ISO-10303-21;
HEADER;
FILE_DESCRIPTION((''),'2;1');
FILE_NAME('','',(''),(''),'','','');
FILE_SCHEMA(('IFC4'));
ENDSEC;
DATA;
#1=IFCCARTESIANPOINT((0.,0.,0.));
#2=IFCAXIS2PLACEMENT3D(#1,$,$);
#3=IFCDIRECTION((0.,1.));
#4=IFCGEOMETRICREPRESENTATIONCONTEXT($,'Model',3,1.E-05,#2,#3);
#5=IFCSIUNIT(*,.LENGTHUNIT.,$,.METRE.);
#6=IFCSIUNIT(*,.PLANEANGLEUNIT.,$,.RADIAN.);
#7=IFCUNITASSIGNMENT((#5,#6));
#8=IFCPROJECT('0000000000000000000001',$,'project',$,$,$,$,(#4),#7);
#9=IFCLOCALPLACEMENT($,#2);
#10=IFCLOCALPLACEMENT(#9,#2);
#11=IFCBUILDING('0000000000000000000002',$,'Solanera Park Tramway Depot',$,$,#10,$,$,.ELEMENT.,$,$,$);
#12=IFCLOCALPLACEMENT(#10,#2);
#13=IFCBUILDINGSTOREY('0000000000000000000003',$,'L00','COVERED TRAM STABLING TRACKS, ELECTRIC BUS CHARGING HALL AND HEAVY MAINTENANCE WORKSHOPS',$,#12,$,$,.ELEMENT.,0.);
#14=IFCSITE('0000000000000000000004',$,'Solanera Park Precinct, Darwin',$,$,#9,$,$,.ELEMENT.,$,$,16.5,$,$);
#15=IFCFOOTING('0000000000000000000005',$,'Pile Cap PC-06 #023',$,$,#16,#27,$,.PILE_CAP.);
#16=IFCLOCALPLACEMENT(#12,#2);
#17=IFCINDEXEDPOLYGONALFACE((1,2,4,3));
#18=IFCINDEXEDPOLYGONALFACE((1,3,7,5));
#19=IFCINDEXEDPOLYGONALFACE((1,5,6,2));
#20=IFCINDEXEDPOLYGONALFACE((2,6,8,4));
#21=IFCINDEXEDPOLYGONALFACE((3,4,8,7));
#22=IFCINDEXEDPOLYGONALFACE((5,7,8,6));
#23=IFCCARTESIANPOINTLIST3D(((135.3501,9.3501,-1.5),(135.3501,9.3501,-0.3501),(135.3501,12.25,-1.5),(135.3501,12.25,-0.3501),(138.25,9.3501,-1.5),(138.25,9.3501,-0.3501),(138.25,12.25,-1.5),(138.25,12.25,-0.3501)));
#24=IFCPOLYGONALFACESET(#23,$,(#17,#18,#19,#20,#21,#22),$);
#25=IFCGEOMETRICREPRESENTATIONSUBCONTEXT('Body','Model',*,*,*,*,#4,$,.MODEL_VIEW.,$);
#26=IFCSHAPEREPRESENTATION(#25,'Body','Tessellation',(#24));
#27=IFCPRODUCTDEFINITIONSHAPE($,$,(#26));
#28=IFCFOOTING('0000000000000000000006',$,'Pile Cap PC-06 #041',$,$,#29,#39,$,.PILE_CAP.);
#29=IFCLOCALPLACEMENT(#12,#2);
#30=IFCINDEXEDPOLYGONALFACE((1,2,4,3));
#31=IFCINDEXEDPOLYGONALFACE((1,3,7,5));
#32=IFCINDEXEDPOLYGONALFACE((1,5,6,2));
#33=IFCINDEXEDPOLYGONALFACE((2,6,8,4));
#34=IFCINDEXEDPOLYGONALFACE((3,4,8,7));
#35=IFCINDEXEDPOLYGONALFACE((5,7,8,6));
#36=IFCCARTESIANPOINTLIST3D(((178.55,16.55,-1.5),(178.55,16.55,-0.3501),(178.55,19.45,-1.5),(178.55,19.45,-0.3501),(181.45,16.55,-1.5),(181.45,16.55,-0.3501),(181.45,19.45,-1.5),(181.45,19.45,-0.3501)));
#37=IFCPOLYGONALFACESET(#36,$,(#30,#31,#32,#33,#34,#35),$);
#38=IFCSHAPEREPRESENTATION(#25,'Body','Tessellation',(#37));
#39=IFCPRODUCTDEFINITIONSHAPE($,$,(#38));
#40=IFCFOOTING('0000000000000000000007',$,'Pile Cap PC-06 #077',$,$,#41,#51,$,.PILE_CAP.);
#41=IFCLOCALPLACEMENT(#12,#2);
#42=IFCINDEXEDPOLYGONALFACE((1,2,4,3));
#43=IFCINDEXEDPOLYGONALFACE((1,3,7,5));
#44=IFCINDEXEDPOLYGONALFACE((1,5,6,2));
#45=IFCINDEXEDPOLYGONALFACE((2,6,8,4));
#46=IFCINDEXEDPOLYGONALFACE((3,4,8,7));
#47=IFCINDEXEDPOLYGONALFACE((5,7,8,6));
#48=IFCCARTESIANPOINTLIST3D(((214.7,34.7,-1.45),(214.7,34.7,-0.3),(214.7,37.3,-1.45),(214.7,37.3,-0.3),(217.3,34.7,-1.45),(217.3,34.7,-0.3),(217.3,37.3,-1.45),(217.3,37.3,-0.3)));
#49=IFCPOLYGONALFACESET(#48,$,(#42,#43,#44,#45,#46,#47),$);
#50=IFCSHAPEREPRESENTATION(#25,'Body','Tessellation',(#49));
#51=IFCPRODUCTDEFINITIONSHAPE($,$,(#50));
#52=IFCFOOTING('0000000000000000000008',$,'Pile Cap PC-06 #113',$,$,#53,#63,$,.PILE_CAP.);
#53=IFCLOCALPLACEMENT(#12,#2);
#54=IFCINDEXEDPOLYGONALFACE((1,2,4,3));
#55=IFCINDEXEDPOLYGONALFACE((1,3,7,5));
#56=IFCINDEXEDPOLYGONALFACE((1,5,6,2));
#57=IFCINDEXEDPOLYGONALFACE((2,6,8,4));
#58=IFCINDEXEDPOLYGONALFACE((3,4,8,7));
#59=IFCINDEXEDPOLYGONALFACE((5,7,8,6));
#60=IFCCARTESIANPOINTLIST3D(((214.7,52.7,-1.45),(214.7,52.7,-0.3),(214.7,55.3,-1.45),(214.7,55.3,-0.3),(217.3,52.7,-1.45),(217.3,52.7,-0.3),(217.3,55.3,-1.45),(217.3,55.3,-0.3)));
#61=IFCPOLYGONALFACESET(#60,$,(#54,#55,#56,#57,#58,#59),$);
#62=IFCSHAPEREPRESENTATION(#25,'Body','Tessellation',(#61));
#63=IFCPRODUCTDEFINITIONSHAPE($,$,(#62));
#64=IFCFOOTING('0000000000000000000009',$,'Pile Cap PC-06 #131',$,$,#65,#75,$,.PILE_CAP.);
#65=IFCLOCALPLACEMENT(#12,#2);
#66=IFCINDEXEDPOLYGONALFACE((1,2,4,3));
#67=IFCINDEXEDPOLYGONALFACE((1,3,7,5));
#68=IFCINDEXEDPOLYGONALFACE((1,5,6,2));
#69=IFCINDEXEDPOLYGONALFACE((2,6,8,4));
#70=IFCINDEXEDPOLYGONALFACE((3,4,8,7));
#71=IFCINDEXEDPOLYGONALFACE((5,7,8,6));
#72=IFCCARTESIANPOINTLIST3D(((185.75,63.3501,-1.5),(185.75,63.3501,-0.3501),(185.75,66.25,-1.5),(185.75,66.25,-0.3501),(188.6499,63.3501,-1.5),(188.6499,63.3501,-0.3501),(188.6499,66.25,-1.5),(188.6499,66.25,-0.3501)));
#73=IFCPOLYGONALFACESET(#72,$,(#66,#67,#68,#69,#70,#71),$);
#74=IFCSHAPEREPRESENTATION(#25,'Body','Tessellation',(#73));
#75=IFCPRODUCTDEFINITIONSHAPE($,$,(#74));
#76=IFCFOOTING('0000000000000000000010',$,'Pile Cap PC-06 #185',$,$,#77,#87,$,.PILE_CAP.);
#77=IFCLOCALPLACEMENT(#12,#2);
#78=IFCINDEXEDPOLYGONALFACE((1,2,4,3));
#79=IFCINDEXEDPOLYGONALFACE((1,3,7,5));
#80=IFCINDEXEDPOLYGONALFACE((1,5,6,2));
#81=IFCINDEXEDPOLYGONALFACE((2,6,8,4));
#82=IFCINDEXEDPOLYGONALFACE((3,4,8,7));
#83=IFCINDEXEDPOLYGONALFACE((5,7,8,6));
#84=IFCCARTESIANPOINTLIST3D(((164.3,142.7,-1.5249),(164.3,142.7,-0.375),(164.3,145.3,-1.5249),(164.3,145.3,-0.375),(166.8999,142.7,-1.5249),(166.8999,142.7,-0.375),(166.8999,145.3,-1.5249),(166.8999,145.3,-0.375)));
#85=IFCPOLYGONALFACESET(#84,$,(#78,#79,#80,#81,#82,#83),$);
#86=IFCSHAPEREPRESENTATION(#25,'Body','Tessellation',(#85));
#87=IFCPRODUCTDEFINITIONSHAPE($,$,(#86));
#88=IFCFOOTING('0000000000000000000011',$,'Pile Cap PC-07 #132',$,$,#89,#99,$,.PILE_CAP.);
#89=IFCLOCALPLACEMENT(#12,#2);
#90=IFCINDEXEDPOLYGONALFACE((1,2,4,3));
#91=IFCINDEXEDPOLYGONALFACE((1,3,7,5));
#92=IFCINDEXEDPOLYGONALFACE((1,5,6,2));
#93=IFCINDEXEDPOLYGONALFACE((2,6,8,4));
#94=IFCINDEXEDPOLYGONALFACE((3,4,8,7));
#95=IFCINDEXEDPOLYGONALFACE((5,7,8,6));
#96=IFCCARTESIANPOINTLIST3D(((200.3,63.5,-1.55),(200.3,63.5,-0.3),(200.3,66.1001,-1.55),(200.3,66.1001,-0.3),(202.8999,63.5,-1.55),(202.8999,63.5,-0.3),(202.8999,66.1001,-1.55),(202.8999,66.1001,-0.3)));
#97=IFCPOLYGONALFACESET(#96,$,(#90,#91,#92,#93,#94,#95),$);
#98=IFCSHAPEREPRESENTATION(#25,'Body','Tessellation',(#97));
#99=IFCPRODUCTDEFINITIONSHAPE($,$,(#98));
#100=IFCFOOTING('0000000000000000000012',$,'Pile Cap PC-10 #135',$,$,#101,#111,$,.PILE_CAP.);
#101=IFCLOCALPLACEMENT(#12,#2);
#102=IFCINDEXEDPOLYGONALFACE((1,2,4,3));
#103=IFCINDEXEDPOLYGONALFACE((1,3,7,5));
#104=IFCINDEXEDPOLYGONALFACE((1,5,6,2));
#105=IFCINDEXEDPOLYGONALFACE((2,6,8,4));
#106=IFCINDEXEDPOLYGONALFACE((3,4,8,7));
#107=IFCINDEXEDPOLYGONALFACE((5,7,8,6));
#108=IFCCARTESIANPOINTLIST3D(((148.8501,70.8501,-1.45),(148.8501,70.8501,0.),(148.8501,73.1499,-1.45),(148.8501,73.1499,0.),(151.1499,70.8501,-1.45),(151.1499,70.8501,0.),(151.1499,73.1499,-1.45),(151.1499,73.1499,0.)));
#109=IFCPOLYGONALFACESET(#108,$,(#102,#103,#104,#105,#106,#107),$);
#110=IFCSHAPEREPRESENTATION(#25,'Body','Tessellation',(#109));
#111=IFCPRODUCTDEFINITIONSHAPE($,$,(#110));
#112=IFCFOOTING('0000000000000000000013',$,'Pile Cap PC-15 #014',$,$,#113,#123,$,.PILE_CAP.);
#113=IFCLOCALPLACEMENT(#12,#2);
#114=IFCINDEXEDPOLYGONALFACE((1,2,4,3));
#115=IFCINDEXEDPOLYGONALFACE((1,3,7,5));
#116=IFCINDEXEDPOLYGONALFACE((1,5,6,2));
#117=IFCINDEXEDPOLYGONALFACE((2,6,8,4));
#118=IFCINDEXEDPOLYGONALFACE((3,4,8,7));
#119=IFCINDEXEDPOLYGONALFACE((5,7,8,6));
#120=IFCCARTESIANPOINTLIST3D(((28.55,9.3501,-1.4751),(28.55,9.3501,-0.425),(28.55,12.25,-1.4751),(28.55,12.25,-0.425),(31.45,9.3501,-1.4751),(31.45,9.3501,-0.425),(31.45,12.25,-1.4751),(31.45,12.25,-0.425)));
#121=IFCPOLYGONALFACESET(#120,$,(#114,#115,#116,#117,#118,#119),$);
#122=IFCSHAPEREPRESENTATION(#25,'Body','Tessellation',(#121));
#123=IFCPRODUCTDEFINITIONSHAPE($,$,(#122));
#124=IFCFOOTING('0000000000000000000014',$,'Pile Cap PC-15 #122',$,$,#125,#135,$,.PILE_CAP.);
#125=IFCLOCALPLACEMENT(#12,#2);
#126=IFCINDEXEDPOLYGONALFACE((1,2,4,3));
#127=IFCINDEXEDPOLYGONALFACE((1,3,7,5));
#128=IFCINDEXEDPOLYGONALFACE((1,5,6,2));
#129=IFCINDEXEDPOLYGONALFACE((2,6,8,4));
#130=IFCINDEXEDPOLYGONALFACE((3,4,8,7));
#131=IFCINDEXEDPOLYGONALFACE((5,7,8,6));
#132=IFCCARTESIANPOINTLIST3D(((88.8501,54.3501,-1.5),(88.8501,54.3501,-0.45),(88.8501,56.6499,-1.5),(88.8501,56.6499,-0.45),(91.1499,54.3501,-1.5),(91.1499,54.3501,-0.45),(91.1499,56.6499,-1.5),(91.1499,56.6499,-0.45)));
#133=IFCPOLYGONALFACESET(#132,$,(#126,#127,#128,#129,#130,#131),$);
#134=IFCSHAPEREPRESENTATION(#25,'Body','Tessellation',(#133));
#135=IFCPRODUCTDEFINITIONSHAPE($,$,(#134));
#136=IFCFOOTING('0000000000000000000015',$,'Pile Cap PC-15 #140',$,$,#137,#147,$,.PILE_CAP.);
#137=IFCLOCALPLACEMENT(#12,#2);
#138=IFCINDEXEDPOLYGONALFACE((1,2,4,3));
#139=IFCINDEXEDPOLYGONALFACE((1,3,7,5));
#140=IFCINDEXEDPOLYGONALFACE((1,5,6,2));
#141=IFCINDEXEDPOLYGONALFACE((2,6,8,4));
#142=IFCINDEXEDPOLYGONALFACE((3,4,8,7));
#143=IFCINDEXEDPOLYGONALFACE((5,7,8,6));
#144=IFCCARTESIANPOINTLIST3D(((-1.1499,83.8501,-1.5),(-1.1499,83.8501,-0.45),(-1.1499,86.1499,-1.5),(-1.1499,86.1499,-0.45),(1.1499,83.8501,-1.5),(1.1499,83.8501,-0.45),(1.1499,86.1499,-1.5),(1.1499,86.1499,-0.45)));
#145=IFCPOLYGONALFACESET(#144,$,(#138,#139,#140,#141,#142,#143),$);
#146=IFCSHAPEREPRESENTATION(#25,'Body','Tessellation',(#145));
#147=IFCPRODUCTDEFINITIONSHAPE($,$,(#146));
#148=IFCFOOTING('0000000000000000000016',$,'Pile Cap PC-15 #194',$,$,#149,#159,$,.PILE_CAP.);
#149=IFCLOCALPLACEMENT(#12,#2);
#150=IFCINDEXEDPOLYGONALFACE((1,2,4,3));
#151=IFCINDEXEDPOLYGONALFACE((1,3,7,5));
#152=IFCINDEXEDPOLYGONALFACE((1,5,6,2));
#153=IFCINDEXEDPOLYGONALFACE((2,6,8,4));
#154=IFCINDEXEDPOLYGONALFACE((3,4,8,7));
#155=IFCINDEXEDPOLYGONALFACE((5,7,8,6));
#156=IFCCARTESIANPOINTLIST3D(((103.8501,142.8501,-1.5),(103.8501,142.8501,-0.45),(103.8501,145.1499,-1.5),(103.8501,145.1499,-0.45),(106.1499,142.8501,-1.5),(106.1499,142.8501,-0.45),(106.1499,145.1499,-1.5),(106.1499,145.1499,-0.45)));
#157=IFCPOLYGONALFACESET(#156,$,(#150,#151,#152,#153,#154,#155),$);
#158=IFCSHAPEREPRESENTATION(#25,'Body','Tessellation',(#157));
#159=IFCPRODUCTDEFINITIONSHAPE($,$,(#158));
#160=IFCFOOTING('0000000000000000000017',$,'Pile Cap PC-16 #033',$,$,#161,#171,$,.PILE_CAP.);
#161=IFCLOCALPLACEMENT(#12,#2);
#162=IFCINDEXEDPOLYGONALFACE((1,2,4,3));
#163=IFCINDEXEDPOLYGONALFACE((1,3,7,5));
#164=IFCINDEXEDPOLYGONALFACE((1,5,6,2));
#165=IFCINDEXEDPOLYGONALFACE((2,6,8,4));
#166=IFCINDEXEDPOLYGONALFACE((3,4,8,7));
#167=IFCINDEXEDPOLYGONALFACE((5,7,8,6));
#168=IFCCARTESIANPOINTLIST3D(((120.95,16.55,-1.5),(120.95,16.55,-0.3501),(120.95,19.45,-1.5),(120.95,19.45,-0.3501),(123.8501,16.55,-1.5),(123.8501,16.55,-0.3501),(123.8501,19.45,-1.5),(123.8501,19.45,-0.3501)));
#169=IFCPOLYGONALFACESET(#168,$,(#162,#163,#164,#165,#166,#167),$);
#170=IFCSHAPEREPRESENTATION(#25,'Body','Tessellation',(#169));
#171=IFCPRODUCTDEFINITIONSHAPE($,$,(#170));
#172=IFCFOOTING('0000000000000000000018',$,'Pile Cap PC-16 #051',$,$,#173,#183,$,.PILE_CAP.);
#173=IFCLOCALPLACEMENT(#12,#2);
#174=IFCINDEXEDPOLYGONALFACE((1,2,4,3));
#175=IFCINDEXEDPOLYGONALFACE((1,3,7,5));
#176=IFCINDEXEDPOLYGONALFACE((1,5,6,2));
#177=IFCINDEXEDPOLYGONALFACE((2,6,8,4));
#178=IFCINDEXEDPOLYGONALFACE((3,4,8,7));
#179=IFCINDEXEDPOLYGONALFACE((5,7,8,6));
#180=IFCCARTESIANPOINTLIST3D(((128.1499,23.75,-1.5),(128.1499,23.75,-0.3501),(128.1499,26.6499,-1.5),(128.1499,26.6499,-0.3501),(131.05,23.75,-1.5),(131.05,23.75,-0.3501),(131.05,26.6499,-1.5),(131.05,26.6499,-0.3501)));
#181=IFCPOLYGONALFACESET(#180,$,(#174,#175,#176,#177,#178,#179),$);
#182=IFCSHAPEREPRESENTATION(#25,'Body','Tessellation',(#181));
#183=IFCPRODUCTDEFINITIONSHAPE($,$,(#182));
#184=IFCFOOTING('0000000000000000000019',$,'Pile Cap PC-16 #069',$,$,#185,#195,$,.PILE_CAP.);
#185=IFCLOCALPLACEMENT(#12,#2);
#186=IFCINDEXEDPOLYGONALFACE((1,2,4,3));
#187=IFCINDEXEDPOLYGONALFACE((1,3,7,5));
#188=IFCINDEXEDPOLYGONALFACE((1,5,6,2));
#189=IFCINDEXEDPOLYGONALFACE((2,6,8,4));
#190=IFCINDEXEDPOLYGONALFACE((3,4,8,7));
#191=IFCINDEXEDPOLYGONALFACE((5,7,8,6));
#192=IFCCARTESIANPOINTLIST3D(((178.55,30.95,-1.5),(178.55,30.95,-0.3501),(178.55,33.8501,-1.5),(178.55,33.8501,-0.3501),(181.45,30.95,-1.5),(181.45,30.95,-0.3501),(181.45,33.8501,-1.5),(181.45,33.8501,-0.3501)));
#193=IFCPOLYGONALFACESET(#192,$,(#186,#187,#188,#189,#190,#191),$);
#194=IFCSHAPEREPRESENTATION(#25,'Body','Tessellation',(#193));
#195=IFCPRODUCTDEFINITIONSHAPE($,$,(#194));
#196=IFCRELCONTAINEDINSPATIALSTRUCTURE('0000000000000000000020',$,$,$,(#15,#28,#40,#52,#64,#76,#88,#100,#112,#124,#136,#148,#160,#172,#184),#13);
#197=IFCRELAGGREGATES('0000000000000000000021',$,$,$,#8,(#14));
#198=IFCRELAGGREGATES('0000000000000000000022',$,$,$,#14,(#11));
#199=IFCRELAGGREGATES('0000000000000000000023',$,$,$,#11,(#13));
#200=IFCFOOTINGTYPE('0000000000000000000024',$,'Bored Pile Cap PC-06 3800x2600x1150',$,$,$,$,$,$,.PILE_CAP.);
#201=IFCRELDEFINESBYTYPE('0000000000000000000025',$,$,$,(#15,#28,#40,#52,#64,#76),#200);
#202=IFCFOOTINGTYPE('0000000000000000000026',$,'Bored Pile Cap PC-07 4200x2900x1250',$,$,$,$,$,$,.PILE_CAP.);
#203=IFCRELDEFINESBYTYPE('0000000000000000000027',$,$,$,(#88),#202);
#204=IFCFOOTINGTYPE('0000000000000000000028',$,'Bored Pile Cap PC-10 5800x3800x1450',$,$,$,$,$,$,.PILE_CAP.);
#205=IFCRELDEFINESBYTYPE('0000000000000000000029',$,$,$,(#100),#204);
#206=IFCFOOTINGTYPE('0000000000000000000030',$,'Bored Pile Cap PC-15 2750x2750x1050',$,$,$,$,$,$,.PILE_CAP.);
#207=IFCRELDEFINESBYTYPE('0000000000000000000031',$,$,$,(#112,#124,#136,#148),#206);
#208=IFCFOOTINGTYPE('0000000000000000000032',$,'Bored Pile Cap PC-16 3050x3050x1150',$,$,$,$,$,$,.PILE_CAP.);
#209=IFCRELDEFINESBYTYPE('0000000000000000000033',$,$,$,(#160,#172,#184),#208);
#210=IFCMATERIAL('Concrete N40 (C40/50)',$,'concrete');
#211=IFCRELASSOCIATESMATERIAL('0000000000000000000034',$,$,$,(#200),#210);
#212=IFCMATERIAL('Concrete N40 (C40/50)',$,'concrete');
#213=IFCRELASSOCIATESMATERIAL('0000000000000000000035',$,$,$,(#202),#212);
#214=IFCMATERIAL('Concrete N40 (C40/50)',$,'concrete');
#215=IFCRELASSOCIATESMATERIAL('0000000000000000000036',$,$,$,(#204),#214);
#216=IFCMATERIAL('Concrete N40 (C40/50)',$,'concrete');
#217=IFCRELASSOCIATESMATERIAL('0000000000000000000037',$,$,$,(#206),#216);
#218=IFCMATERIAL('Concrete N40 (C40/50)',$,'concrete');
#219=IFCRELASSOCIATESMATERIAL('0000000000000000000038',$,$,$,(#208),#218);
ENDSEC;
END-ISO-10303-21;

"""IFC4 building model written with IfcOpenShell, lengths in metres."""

from ifc_helpers import new_model, si_unit, direction, frame, origin, place, context, subcontext, project, spatial, polyline, outline, extrude, material, type_object, element, save


model = new_model("IFC4")

# Units and contexts
model_context = context("Model", 3, precision=1e-05, world=origin(), true_north=direction((0.0, 1.0)))
body_context = subcontext(model_context, "Body", "Model", "MODEL_VIEW")
ifc_project = project(units=[si_unit("LENGTHUNIT", "METRE"), si_unit("PLANEANGLEUNIT", "RADIAN")], contexts=[model_context])

# Site, building, storey
site_placement = place(None, origin())
site = spatial("IfcSite", under=ifc_project, at=site_placement, Name="Solanera Park Precinct, Darwin", CompositionType="ELEMENT", RefElevation=16.5)
building_placement = place(site_placement, origin())
building = spatial("IfcBuilding", under=site, at=building_placement, Name="Solanera Park Tramway Depot", CompositionType="ELEMENT")
storey_placement = place(building_placement, origin())
storey = spatial("IfcBuildingStorey", under=building, at=storey_placement, Name="L00", Description="COVERED TRAM STABLING TRACKS, ELECTRIC BUS CHARGING HALL AND HEAVY MAINTENANCE WORKSHOPS", CompositionType="ELEMENT", Elevation=0.0)

# Footings
ifc_material_1 = material(Name="Concrete N40 (C40/50)", Category="concrete")
footing_type_1 = type_object("IfcFootingType", Name="Bored Pile Cap PC-06 3800x2600x1150", PredefinedType="PILE_CAP", material=ifc_material_1)
footing_1_placement = place(storey_placement, frame((0.0, 0.0, -1.5)))
element("IfcFooting", 1, at=footing_1_placement, inside=storey, type_object=footing_type_1, Name="Pile Cap PC-06 #023", PredefinedType="PILE_CAP", context=body_context, shape_type="SweptSolid", body=[
    extrude(outline(polyline([(138.25, 9.3501), (138.25, 12.25), (135.3501, 12.25), (135.3501, 9.3501), (138.25, 9.3501)])), origin(), (0.0, 0.0, 1.0), 1.1499),
])
footing_2_placement = place(storey_placement, frame((0.0, 0.0, -1.5)))
element("IfcFooting", 2, at=footing_2_placement, inside=storey, type_object=footing_type_1, Name="Pile Cap PC-06 #041", PredefinedType="PILE_CAP", context=body_context, shape_type="SweptSolid", body=[
    extrude(outline(polyline([(181.45, 16.55), (181.45, 19.45), (178.55, 19.45), (178.55, 16.55), (181.45, 16.55)])), origin(), (0.0, 0.0, 1.0), 1.1499),
])
footing_3_placement = place(storey_placement, frame((0.0, 0.0, -1.45)))
element("IfcFooting", 3, at=footing_3_placement, inside=storey, type_object=footing_type_1, Name="Pile Cap PC-06 #077", PredefinedType="PILE_CAP", context=body_context, shape_type="SweptSolid", body=[
    extrude(outline(polyline([(217.3, 34.7), (217.3, 37.3), (214.7, 37.3), (214.7, 34.7), (217.3, 34.7)])), origin(), (0.0, 0.0, 1.0), 1.1499),
])
footing_4_placement = place(storey_placement, frame((0.0, 0.0, -1.45)))
element("IfcFooting", 4, at=footing_4_placement, inside=storey, type_object=footing_type_1, Name="Pile Cap PC-06 #113", PredefinedType="PILE_CAP", context=body_context, shape_type="SweptSolid", body=[
    extrude(outline(polyline([(217.3, 52.7), (217.3, 55.3), (214.7, 55.3), (214.7, 52.7), (217.3, 52.7)])), origin(), (0.0, 0.0, 1.0), 1.1499),
])
footing_5_placement = place(storey_placement, frame((0.0, 0.0, -1.5)))
element("IfcFooting", 5, at=footing_5_placement, inside=storey, type_object=footing_type_1, Name="Pile Cap PC-06 #131", PredefinedType="PILE_CAP", context=body_context, shape_type="SweptSolid", body=[
    extrude(outline(polyline([(188.6499, 63.3501), (188.6499, 66.25), (185.75, 66.25), (185.75, 63.3501), (188.6499, 63.3501)])), origin(), (0.0, 0.0, 1.0), 1.1499),
])
footing_6_placement = place(storey_placement, frame((0.0, 0.0, -1.5249)))
element("IfcFooting", 6, at=footing_6_placement, inside=storey, type_object=footing_type_1, Name="Pile Cap PC-06 #185", PredefinedType="PILE_CAP", context=body_context, shape_type="SweptSolid", body=[
    extrude(outline(polyline([(166.8999, 142.7), (166.8999, 145.3), (164.3, 145.3), (164.3, 142.7), (166.8999, 142.7)])), origin(), (0.0, 0.0, 1.0), 1.1499),
])
ifc_material_2 = material(Name="Concrete N40 (C40/50)", Category="concrete")
footing_type_2 = type_object("IfcFootingType", Name="Bored Pile Cap PC-07 4200x2900x1250", PredefinedType="PILE_CAP", material=ifc_material_2)
footing_7_placement = place(storey_placement, frame((0.0, 0.0, -1.55)))
element("IfcFooting", 7, at=footing_7_placement, inside=storey, type_object=footing_type_2, Name="Pile Cap PC-07 #132", PredefinedType="PILE_CAP", context=body_context, shape_type="SweptSolid", body=[
    extrude(outline(polyline([(202.8999, 63.5), (202.8999, 66.1001), (200.3, 66.1001), (200.3, 63.5), (202.8999, 63.5)])), origin(), (0.0, 0.0, 1.0), 1.25),
])
ifc_material_3 = material(Name="Concrete N40 (C40/50)", Category="concrete")
footing_type_3 = type_object("IfcFootingType", Name="Bored Pile Cap PC-10 5800x3800x1450", PredefinedType="PILE_CAP", material=ifc_material_3)
footing_8_placement = place(storey_placement, frame((0.0, 0.0, -1.45)))
element("IfcFooting", 8, at=footing_8_placement, inside=storey, type_object=footing_type_3, Name="Pile Cap PC-10 #135", PredefinedType="PILE_CAP", context=body_context, shape_type="SweptSolid", body=[
    extrude(outline(polyline([(151.1499, 70.8501), (151.1499, 73.1499), (148.8501, 73.1499), (148.8501, 70.8501), (151.1499, 70.8501)])), origin(), (0.0, 0.0, 1.0), 1.45),
])
ifc_material_4 = material(Name="Concrete N40 (C40/50)", Category="concrete")
footing_type_4 = type_object("IfcFootingType", Name="Bored Pile Cap PC-15 2750x2750x1050", PredefinedType="PILE_CAP", material=ifc_material_4)
footing_9_placement = place(storey_placement, frame((0.0, 0.0, -1.4751)))
element("IfcFooting", 9, at=footing_9_placement, inside=storey, type_object=footing_type_4, Name="Pile Cap PC-15 #014", PredefinedType="PILE_CAP", context=body_context, shape_type="SweptSolid", body=[
    extrude(outline(polyline([(31.45, 9.3501), (31.45, 12.25), (28.55, 12.25), (28.55, 9.3501), (31.45, 9.3501)])), origin(), (0.0, 0.0, 1.0), 1.05),
])
footing_10_placement = place(storey_placement, frame((0.0, 0.0, -1.5)))
element("IfcFooting", 10, at=footing_10_placement, inside=storey, type_object=footing_type_4, Name="Pile Cap PC-15 #122", PredefinedType="PILE_CAP", context=body_context, shape_type="SweptSolid", body=[
    extrude(outline(polyline([(91.1499, 54.3501), (91.1499, 56.6499), (88.8501, 56.6499), (88.8501, 54.3501), (91.1499, 54.3501)])), origin(), (0.0, 0.0, 1.0), 1.05),
])
footing_11_placement = place(storey_placement, frame((0.0, 0.0, -1.5)))
element("IfcFooting", 11, at=footing_11_placement, inside=storey, type_object=footing_type_4, Name="Pile Cap PC-15 #140", PredefinedType="PILE_CAP", context=body_context, shape_type="SweptSolid", body=[
    extrude(outline(polyline([(1.1499, 83.8501), (1.1499, 86.1499), (-1.1499, 86.1499), (-1.1499, 83.8501), (1.1499, 83.8501)])), origin(), (0.0, 0.0, 1.0), 1.05),
])
footing_12_placement = place(storey_placement, frame((0.0, 0.0, -1.5)))
element("IfcFooting", 12, at=footing_12_placement, inside=storey, type_object=footing_type_4, Name="Pile Cap PC-15 #194", PredefinedType="PILE_CAP", context=body_context, shape_type="SweptSolid", body=[
    extrude(outline(polyline([(106.1499, 142.8501), (106.1499, 145.1499), (103.8501, 145.1499), (103.8501, 142.8501), (106.1499, 142.8501)])), origin(), (0.0, 0.0, 1.0), 1.05),
])
ifc_material_5 = material(Name="Concrete N40 (C40/50)", Category="concrete")
footing_type_5 = type_object("IfcFootingType", Name="Bored Pile Cap PC-16 3050x3050x1150", PredefinedType="PILE_CAP", material=ifc_material_5)
footing_13_placement = place(storey_placement, frame((0.0, 0.0, -1.5)))
element("IfcFooting", 13, at=footing_13_placement, inside=storey, type_object=footing_type_5, Name="Pile Cap PC-16 #033", PredefinedType="PILE_CAP", context=body_context, shape_type="SweptSolid", body=[
    extrude(outline(polyline([(123.8501, 16.55), (123.8501, 19.45), (120.95, 19.45), (120.95, 16.55), (123.8501, 16.55)])), origin(), (0.0, 0.0, 1.0), 1.1499),
])
footing_14_placement = place(storey_placement, frame((0.0, 0.0, -1.5)))
element("IfcFooting", 14, at=footing_14_placement, inside=storey, type_object=footing_type_5, Name="Pile Cap PC-16 #051", PredefinedType="PILE_CAP", context=body_context, shape_type="SweptSolid", body=[
    extrude(outline(polyline([(131.05, 23.75), (131.05, 26.6499), (128.1499, 26.6499), (128.1499, 23.75), (131.05, 23.75)])), origin(), (0.0, 0.0, 1.0), 1.1499),
])
footing_15_placement = place(storey_placement, frame((0.0, 0.0, -1.5)))
element("IfcFooting", 15, at=footing_15_placement, inside=storey, type_object=footing_type_5, Name="Pile Cap PC-16 #069", PredefinedType="PILE_CAP", context=body_context, shape_type="SweptSolid", body=[
    extrude(outline(polyline([(181.45, 30.95), (181.45, 33.8501), (178.55, 33.8501), (178.55, 30.95), (181.45, 30.95)])), origin(), (0.0, 0.0, 1.0), 1.1499),
])

save(model, "model.ifc")
